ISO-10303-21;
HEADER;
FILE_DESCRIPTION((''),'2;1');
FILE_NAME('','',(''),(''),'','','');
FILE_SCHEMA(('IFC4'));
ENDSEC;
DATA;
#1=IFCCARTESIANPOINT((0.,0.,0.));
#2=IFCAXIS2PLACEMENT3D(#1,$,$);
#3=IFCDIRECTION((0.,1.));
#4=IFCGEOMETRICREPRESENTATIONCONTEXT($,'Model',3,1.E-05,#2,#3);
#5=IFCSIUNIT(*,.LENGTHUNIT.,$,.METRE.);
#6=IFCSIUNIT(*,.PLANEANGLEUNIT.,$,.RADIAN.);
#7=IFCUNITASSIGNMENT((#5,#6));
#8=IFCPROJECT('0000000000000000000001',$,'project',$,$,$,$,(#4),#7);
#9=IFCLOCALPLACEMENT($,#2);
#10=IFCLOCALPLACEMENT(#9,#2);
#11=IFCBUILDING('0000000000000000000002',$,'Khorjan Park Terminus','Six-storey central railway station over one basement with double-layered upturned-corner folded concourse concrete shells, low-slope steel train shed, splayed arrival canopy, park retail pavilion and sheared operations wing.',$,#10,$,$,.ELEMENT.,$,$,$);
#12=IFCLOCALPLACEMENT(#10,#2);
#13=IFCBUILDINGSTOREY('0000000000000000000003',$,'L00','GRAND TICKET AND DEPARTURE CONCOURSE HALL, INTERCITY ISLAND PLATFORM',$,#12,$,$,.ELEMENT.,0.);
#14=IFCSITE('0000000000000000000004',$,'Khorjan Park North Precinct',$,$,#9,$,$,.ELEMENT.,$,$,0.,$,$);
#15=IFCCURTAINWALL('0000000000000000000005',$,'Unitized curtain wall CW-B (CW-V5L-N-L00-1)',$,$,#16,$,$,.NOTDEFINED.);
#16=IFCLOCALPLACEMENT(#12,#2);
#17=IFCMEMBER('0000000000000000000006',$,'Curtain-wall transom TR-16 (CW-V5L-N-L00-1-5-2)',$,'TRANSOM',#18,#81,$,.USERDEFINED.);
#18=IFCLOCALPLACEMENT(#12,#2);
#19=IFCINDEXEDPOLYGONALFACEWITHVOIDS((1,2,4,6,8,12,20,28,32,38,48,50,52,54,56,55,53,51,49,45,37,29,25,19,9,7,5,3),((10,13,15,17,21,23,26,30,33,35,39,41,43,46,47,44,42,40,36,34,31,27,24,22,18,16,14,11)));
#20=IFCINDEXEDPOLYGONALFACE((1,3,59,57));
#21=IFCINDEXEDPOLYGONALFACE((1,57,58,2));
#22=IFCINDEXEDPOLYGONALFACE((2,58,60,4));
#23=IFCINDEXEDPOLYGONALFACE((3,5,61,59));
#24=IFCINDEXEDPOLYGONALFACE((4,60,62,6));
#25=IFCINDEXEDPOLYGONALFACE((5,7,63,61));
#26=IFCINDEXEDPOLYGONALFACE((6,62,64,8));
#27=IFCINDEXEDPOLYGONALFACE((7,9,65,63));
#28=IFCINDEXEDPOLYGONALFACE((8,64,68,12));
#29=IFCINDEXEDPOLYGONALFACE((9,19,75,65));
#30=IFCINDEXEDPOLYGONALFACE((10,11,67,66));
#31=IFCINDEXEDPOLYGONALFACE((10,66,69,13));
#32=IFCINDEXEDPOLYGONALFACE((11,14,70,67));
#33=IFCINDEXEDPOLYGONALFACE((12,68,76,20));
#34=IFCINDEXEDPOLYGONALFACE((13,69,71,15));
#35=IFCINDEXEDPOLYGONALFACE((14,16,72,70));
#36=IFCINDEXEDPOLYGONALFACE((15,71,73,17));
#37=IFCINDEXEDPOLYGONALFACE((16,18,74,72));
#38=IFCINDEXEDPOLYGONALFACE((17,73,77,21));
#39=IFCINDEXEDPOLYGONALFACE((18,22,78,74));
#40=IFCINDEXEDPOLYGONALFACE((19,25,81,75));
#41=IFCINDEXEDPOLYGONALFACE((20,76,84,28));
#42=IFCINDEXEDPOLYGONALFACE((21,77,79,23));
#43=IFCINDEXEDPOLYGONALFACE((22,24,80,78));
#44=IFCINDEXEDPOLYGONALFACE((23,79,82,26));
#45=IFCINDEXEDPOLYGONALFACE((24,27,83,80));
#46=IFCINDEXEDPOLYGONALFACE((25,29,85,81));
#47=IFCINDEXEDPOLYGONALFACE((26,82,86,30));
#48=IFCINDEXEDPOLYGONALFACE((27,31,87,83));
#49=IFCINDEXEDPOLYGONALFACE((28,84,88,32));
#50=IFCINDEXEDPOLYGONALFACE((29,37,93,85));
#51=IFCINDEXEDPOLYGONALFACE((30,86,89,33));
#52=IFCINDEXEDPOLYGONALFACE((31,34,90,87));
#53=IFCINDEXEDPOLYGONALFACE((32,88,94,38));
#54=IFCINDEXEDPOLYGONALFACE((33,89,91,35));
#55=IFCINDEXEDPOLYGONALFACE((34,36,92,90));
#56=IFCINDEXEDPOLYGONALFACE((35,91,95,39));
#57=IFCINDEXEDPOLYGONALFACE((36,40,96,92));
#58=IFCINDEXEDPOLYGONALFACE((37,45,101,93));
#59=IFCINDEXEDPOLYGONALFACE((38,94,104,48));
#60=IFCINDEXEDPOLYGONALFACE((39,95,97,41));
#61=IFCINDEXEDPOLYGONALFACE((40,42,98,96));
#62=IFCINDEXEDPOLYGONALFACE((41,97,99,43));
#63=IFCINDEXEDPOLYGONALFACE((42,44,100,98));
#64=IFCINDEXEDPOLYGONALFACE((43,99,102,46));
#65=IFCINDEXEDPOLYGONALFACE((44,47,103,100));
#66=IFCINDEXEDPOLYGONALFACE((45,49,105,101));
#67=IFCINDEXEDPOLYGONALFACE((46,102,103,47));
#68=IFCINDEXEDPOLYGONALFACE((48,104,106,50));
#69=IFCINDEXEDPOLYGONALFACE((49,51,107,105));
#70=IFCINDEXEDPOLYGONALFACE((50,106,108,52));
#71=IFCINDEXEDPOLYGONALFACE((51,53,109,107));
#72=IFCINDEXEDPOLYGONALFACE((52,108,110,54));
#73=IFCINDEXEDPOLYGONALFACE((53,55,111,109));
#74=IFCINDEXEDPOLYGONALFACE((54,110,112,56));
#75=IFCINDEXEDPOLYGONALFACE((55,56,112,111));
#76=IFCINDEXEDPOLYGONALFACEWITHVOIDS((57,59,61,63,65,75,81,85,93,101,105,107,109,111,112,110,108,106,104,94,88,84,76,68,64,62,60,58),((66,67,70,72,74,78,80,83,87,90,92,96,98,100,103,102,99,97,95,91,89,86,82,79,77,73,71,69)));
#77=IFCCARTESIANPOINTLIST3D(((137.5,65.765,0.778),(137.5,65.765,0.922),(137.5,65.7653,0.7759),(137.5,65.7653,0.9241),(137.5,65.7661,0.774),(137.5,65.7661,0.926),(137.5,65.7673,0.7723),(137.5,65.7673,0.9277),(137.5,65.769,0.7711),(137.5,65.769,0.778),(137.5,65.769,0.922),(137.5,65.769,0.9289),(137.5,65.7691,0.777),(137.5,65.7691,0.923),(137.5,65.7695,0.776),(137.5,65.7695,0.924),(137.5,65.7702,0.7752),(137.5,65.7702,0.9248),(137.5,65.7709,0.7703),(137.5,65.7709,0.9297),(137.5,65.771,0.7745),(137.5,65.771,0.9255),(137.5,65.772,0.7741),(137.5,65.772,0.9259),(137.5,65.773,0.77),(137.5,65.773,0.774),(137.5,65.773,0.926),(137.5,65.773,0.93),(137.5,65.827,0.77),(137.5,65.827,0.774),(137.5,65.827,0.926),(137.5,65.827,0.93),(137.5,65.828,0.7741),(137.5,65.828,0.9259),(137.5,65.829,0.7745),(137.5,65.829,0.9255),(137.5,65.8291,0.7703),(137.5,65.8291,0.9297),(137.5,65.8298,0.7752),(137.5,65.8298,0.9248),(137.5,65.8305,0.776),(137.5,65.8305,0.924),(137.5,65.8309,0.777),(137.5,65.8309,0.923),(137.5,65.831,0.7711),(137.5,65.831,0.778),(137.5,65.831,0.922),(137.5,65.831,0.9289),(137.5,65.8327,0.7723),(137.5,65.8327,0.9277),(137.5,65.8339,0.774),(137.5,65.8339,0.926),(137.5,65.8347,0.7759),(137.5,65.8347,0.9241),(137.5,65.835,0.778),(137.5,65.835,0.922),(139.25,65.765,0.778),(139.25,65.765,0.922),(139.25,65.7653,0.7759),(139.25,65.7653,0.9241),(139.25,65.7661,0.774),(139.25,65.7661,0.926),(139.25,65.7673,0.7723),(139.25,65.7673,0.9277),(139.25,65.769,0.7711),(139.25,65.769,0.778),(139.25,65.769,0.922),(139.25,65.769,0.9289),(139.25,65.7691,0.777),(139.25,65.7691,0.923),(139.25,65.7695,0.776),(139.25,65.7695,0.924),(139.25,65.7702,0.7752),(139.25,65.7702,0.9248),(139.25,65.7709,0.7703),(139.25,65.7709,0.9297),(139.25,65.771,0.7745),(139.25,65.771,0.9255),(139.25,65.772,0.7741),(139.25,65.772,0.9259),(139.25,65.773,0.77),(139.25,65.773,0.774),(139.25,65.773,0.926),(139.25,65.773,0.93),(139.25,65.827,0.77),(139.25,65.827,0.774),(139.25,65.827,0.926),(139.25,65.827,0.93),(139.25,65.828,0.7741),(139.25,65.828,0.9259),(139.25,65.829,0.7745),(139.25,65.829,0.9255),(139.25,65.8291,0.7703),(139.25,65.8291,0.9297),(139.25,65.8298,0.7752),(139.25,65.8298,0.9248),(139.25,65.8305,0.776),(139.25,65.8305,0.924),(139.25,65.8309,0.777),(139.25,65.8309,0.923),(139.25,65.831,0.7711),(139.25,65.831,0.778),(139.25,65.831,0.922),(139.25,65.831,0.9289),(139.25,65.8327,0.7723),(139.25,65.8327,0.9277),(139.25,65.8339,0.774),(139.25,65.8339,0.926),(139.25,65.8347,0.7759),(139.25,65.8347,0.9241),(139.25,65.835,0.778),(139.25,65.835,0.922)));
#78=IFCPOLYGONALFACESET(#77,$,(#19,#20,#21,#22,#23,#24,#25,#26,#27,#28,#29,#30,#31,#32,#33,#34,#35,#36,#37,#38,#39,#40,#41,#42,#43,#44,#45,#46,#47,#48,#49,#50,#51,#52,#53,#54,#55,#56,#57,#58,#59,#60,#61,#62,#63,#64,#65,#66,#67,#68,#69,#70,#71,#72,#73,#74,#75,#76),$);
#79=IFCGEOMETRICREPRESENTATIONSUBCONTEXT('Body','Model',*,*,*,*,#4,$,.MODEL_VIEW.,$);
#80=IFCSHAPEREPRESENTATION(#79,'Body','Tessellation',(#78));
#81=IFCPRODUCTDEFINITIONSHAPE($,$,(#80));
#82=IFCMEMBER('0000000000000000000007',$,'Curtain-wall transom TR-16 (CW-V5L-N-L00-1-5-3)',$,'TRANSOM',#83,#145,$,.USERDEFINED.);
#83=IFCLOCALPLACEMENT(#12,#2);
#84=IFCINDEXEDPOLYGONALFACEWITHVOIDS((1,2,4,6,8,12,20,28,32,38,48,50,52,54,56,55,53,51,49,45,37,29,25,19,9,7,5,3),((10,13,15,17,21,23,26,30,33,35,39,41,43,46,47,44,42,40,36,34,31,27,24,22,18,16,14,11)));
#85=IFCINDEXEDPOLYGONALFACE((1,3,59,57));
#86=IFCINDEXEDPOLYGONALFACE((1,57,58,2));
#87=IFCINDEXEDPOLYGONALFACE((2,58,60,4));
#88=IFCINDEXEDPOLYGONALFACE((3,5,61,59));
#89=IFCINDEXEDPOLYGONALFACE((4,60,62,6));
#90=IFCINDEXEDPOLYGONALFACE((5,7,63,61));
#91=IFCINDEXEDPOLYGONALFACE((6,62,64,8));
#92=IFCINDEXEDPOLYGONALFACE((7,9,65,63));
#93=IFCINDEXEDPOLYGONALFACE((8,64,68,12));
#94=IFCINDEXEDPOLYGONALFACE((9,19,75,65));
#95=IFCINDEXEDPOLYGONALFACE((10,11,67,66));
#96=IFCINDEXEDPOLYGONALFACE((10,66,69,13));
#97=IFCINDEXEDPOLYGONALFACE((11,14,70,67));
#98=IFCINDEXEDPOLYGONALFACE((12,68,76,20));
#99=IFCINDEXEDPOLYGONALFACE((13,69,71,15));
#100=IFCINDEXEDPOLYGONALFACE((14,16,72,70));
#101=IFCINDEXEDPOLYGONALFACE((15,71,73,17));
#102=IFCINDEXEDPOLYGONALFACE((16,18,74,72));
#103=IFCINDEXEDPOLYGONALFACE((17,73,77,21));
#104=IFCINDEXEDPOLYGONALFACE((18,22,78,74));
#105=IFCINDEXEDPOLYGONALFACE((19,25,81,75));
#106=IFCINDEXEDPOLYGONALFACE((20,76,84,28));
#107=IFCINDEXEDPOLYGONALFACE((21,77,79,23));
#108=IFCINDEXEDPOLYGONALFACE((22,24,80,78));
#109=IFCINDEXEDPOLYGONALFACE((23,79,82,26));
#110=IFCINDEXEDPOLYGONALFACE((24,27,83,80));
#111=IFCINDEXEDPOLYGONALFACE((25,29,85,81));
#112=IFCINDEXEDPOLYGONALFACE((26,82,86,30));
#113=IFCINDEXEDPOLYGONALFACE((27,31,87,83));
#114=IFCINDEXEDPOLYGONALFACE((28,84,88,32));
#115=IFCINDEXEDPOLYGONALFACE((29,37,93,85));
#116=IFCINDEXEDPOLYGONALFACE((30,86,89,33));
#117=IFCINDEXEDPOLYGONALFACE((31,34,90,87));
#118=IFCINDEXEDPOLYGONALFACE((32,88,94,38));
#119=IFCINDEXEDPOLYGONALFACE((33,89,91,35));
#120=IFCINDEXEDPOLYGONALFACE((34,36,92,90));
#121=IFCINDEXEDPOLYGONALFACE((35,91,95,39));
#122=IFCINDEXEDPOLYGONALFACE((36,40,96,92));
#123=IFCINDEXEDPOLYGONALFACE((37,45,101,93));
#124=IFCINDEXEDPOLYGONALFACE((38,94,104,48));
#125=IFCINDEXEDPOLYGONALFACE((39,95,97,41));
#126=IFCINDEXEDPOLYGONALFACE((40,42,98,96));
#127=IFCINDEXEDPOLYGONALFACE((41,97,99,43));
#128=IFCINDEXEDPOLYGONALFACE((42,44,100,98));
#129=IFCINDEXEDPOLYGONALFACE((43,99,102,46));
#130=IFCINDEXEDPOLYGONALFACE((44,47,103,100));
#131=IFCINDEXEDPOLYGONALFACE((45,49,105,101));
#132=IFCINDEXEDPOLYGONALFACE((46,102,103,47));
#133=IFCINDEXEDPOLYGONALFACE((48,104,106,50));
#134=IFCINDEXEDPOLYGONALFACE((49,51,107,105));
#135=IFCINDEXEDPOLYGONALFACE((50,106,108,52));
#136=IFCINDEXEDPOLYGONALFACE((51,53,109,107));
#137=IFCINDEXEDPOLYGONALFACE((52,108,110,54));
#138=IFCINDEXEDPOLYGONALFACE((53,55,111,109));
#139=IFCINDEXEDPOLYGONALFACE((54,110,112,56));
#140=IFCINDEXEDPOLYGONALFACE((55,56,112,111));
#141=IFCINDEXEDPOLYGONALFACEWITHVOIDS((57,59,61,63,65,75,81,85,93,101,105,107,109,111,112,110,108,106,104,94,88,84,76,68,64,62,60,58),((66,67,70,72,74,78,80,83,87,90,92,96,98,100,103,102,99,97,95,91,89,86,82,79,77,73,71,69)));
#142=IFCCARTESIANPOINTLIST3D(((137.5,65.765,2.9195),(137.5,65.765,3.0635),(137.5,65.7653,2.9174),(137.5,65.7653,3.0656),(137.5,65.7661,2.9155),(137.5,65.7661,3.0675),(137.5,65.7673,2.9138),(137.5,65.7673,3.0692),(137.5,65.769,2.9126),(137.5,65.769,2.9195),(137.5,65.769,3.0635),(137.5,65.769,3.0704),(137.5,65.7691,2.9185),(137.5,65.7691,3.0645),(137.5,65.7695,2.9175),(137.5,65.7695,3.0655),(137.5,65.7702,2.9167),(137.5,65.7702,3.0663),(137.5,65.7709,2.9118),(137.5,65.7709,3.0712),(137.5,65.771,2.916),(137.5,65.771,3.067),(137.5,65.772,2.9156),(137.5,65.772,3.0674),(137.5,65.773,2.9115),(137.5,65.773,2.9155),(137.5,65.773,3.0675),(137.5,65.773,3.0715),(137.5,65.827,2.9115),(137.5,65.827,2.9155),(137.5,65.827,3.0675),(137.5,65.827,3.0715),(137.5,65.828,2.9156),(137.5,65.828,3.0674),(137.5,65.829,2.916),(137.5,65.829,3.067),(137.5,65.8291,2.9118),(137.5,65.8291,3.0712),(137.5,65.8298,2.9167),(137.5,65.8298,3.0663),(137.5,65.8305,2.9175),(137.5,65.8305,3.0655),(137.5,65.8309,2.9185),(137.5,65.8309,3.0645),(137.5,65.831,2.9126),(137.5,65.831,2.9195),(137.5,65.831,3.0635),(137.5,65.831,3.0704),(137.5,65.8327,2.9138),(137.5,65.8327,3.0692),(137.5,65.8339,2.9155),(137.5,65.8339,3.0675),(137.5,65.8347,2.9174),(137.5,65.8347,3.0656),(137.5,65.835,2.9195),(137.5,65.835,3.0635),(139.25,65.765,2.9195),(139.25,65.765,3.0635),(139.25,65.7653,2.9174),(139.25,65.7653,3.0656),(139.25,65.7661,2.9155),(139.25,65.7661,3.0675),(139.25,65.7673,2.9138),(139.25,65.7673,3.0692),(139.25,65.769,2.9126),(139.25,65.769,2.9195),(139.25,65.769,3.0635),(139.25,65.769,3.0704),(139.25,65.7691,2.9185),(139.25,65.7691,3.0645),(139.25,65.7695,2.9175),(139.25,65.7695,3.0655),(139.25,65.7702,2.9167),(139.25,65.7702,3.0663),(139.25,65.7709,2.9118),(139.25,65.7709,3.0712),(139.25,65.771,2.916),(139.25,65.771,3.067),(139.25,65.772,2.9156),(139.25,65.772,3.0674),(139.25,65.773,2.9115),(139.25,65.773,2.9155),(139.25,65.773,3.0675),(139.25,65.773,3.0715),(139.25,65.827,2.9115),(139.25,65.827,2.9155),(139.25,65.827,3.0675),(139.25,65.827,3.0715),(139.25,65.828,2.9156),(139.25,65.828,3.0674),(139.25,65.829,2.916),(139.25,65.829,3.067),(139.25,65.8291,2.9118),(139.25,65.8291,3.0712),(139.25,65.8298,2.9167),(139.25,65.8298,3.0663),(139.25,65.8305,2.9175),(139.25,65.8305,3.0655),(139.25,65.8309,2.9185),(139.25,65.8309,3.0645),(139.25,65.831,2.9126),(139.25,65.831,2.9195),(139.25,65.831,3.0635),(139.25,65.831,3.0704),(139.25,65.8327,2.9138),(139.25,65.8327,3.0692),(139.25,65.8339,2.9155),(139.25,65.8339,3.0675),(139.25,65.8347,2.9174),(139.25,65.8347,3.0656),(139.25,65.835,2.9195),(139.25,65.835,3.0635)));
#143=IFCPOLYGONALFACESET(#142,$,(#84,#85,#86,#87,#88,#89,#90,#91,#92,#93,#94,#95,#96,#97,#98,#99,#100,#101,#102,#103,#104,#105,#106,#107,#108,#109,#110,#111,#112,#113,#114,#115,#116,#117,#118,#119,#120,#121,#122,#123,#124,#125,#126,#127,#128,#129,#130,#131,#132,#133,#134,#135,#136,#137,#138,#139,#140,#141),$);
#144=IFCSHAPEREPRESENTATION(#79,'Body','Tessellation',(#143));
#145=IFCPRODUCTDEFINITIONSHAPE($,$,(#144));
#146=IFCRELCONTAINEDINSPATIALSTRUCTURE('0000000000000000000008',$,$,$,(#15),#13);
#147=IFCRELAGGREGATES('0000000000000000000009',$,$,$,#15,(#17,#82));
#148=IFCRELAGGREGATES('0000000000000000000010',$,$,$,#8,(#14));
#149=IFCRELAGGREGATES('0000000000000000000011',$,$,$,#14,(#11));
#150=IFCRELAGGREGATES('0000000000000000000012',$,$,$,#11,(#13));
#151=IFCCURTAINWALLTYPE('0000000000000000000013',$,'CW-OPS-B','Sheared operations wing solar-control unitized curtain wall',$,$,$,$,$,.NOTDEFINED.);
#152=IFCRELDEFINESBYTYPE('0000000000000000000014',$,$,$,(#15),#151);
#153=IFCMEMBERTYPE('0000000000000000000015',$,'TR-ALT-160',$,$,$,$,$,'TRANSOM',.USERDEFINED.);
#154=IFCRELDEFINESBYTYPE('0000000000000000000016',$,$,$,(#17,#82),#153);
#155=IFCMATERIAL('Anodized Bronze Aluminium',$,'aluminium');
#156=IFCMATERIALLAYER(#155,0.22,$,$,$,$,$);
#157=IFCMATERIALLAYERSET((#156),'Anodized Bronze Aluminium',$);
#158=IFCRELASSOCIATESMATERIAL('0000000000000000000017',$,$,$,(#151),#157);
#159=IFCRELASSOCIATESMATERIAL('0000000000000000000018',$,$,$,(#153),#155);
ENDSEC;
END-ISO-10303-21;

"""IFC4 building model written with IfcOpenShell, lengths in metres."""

from ifc_helpers import new_model, si_unit, direction, frame, origin, origin_2d, place, context, subcontext, project, spatial, hollow_rectangle, extrude, material, layer, layer_set, material_profile, profile_set, type_object, element, aggregate, save


model = new_model("IFC4")

# Units and contexts
model_context = context("Model", 3, precision=1e-05, world=origin(), true_north=direction((0.0, 1.0)))
body_context = subcontext(model_context, "Body", "Model", "MODEL_VIEW")
ifc_project = project(units=[si_unit("LENGTHUNIT", "METRE"), si_unit("PLANEANGLEUNIT", "RADIAN")], contexts=[model_context])

# Site, building, storey
site_placement = place(None, origin())
site = spatial("IfcSite", under=ifc_project, at=site_placement, Name="Khorjan Park North Precinct", CompositionType="ELEMENT", RefElevation=0.0)
building_placement = place(site_placement, origin())
building = spatial("IfcBuilding", under=site, at=building_placement, Name="Khorjan Park Terminus", Description="Six-storey central railway station over one basement with double-layered upturned-corner folded concourse concrete shells, low-slope steel train shed, splayed arrival canopy, park retail pavilion and sheared operations wing.", CompositionType="ELEMENT")
storey_placement = place(building_placement, origin())
storey = spatial("IfcBuildingStorey", under=building, at=storey_placement, Name="L00", Description="GRAND TICKET AND DEPARTURE CONCOURSE HALL, INTERCITY ISLAND PLATFORM", CompositionType="ELEMENT", Elevation=0.0)

# Curtain wall, members
ifc_material_1 = material(Name="Anodized Bronze Aluminium", Category="aluminium")
ifc_layer_1 = layer(ifc_material_1, 0.22)
ifc_layer_set_1 = layer_set([ifc_layer_1], Name="Anodized Bronze Aluminium")
curtain_wall_type = type_object("IfcCurtainWallType", Name="CW-OPS-B", Description="Sheared operations wing solar-control unitized curtain wall", PredefinedType="NOTDEFINED", material=ifc_layer_set_1)
curtain_wall_placement = place(storey_placement, origin())
curtain_wall = element("IfcCurtainWall", 1, at=curtain_wall_placement, inside=storey, type_object=curtain_wall_type, Name="Unitized curtain wall CW-B (CW-V5L-N-L00-1)", PredefinedType="NOTDEFINED")
ifc_material_profile_1 = material_profile(ifc_material_1, hollow_rectangle(XDim=0.07, YDim=0.16, WallThickness=0.004, InnerFilletRadius=0.004, OuterFilletRadius=0.008, at=origin_2d()), Name="ALT 70x160x4")
ifc_profile_set_1 = profile_set([ifc_material_profile_1], Name="Anodized Bronze Aluminium")
member_type_1 = type_object("IfcMemberType", Name="TR-ALT-160", ElementType="TRANSOM", PredefinedType="USERDEFINED", material=ifc_profile_set_1)
member_1_placement = place(storey_placement, frame((139.25, 65.8, 0.85), z_axis=(-1.0, 0.0, 0.0), x_axis=(0.0, -1.0, 0.0)))
member_1 = element("IfcMember", 2, at=member_1_placement, type_object=member_type_1, Name="Curtain-wall transom TR-16 (CW-V5L-N-L00-1-5-2)", ObjectType="TRANSOM", PredefinedType="USERDEFINED", context=body_context, shape_type="SweptSolid", body=[
    extrude(hollow_rectangle(XDim=0.07, YDim=0.16, WallThickness=0.004, InnerFilletRadius=0.004, OuterFilletRadius=0.008, at=origin_2d()), origin(), (0.0, 0.0, 1.0), 1.75),
])
member_2_placement = place(storey_placement, frame((139.25, 65.8, 2.9915), z_axis=(-1.0, 0.0, 0.0), x_axis=(0.0, -1.0, 0.0)))
member_2 = element("IfcMember", 3, at=member_2_placement, type_object=member_type_1, Name="Curtain-wall transom TR-16 (CW-V5L-N-L00-1-5-3)", ObjectType="TRANSOM", PredefinedType="USERDEFINED", context=body_context, shape_type="SweptSolid", body=[
    extrude(hollow_rectangle(XDim=0.07, YDim=0.16, WallThickness=0.004, InnerFilletRadius=0.004, OuterFilletRadius=0.008, at=origin_2d()), origin(), (0.0, 0.0, 1.0), 1.75),
])
aggregate(curtain_wall, [member_1, member_2])

save(model, "model.ifc")
